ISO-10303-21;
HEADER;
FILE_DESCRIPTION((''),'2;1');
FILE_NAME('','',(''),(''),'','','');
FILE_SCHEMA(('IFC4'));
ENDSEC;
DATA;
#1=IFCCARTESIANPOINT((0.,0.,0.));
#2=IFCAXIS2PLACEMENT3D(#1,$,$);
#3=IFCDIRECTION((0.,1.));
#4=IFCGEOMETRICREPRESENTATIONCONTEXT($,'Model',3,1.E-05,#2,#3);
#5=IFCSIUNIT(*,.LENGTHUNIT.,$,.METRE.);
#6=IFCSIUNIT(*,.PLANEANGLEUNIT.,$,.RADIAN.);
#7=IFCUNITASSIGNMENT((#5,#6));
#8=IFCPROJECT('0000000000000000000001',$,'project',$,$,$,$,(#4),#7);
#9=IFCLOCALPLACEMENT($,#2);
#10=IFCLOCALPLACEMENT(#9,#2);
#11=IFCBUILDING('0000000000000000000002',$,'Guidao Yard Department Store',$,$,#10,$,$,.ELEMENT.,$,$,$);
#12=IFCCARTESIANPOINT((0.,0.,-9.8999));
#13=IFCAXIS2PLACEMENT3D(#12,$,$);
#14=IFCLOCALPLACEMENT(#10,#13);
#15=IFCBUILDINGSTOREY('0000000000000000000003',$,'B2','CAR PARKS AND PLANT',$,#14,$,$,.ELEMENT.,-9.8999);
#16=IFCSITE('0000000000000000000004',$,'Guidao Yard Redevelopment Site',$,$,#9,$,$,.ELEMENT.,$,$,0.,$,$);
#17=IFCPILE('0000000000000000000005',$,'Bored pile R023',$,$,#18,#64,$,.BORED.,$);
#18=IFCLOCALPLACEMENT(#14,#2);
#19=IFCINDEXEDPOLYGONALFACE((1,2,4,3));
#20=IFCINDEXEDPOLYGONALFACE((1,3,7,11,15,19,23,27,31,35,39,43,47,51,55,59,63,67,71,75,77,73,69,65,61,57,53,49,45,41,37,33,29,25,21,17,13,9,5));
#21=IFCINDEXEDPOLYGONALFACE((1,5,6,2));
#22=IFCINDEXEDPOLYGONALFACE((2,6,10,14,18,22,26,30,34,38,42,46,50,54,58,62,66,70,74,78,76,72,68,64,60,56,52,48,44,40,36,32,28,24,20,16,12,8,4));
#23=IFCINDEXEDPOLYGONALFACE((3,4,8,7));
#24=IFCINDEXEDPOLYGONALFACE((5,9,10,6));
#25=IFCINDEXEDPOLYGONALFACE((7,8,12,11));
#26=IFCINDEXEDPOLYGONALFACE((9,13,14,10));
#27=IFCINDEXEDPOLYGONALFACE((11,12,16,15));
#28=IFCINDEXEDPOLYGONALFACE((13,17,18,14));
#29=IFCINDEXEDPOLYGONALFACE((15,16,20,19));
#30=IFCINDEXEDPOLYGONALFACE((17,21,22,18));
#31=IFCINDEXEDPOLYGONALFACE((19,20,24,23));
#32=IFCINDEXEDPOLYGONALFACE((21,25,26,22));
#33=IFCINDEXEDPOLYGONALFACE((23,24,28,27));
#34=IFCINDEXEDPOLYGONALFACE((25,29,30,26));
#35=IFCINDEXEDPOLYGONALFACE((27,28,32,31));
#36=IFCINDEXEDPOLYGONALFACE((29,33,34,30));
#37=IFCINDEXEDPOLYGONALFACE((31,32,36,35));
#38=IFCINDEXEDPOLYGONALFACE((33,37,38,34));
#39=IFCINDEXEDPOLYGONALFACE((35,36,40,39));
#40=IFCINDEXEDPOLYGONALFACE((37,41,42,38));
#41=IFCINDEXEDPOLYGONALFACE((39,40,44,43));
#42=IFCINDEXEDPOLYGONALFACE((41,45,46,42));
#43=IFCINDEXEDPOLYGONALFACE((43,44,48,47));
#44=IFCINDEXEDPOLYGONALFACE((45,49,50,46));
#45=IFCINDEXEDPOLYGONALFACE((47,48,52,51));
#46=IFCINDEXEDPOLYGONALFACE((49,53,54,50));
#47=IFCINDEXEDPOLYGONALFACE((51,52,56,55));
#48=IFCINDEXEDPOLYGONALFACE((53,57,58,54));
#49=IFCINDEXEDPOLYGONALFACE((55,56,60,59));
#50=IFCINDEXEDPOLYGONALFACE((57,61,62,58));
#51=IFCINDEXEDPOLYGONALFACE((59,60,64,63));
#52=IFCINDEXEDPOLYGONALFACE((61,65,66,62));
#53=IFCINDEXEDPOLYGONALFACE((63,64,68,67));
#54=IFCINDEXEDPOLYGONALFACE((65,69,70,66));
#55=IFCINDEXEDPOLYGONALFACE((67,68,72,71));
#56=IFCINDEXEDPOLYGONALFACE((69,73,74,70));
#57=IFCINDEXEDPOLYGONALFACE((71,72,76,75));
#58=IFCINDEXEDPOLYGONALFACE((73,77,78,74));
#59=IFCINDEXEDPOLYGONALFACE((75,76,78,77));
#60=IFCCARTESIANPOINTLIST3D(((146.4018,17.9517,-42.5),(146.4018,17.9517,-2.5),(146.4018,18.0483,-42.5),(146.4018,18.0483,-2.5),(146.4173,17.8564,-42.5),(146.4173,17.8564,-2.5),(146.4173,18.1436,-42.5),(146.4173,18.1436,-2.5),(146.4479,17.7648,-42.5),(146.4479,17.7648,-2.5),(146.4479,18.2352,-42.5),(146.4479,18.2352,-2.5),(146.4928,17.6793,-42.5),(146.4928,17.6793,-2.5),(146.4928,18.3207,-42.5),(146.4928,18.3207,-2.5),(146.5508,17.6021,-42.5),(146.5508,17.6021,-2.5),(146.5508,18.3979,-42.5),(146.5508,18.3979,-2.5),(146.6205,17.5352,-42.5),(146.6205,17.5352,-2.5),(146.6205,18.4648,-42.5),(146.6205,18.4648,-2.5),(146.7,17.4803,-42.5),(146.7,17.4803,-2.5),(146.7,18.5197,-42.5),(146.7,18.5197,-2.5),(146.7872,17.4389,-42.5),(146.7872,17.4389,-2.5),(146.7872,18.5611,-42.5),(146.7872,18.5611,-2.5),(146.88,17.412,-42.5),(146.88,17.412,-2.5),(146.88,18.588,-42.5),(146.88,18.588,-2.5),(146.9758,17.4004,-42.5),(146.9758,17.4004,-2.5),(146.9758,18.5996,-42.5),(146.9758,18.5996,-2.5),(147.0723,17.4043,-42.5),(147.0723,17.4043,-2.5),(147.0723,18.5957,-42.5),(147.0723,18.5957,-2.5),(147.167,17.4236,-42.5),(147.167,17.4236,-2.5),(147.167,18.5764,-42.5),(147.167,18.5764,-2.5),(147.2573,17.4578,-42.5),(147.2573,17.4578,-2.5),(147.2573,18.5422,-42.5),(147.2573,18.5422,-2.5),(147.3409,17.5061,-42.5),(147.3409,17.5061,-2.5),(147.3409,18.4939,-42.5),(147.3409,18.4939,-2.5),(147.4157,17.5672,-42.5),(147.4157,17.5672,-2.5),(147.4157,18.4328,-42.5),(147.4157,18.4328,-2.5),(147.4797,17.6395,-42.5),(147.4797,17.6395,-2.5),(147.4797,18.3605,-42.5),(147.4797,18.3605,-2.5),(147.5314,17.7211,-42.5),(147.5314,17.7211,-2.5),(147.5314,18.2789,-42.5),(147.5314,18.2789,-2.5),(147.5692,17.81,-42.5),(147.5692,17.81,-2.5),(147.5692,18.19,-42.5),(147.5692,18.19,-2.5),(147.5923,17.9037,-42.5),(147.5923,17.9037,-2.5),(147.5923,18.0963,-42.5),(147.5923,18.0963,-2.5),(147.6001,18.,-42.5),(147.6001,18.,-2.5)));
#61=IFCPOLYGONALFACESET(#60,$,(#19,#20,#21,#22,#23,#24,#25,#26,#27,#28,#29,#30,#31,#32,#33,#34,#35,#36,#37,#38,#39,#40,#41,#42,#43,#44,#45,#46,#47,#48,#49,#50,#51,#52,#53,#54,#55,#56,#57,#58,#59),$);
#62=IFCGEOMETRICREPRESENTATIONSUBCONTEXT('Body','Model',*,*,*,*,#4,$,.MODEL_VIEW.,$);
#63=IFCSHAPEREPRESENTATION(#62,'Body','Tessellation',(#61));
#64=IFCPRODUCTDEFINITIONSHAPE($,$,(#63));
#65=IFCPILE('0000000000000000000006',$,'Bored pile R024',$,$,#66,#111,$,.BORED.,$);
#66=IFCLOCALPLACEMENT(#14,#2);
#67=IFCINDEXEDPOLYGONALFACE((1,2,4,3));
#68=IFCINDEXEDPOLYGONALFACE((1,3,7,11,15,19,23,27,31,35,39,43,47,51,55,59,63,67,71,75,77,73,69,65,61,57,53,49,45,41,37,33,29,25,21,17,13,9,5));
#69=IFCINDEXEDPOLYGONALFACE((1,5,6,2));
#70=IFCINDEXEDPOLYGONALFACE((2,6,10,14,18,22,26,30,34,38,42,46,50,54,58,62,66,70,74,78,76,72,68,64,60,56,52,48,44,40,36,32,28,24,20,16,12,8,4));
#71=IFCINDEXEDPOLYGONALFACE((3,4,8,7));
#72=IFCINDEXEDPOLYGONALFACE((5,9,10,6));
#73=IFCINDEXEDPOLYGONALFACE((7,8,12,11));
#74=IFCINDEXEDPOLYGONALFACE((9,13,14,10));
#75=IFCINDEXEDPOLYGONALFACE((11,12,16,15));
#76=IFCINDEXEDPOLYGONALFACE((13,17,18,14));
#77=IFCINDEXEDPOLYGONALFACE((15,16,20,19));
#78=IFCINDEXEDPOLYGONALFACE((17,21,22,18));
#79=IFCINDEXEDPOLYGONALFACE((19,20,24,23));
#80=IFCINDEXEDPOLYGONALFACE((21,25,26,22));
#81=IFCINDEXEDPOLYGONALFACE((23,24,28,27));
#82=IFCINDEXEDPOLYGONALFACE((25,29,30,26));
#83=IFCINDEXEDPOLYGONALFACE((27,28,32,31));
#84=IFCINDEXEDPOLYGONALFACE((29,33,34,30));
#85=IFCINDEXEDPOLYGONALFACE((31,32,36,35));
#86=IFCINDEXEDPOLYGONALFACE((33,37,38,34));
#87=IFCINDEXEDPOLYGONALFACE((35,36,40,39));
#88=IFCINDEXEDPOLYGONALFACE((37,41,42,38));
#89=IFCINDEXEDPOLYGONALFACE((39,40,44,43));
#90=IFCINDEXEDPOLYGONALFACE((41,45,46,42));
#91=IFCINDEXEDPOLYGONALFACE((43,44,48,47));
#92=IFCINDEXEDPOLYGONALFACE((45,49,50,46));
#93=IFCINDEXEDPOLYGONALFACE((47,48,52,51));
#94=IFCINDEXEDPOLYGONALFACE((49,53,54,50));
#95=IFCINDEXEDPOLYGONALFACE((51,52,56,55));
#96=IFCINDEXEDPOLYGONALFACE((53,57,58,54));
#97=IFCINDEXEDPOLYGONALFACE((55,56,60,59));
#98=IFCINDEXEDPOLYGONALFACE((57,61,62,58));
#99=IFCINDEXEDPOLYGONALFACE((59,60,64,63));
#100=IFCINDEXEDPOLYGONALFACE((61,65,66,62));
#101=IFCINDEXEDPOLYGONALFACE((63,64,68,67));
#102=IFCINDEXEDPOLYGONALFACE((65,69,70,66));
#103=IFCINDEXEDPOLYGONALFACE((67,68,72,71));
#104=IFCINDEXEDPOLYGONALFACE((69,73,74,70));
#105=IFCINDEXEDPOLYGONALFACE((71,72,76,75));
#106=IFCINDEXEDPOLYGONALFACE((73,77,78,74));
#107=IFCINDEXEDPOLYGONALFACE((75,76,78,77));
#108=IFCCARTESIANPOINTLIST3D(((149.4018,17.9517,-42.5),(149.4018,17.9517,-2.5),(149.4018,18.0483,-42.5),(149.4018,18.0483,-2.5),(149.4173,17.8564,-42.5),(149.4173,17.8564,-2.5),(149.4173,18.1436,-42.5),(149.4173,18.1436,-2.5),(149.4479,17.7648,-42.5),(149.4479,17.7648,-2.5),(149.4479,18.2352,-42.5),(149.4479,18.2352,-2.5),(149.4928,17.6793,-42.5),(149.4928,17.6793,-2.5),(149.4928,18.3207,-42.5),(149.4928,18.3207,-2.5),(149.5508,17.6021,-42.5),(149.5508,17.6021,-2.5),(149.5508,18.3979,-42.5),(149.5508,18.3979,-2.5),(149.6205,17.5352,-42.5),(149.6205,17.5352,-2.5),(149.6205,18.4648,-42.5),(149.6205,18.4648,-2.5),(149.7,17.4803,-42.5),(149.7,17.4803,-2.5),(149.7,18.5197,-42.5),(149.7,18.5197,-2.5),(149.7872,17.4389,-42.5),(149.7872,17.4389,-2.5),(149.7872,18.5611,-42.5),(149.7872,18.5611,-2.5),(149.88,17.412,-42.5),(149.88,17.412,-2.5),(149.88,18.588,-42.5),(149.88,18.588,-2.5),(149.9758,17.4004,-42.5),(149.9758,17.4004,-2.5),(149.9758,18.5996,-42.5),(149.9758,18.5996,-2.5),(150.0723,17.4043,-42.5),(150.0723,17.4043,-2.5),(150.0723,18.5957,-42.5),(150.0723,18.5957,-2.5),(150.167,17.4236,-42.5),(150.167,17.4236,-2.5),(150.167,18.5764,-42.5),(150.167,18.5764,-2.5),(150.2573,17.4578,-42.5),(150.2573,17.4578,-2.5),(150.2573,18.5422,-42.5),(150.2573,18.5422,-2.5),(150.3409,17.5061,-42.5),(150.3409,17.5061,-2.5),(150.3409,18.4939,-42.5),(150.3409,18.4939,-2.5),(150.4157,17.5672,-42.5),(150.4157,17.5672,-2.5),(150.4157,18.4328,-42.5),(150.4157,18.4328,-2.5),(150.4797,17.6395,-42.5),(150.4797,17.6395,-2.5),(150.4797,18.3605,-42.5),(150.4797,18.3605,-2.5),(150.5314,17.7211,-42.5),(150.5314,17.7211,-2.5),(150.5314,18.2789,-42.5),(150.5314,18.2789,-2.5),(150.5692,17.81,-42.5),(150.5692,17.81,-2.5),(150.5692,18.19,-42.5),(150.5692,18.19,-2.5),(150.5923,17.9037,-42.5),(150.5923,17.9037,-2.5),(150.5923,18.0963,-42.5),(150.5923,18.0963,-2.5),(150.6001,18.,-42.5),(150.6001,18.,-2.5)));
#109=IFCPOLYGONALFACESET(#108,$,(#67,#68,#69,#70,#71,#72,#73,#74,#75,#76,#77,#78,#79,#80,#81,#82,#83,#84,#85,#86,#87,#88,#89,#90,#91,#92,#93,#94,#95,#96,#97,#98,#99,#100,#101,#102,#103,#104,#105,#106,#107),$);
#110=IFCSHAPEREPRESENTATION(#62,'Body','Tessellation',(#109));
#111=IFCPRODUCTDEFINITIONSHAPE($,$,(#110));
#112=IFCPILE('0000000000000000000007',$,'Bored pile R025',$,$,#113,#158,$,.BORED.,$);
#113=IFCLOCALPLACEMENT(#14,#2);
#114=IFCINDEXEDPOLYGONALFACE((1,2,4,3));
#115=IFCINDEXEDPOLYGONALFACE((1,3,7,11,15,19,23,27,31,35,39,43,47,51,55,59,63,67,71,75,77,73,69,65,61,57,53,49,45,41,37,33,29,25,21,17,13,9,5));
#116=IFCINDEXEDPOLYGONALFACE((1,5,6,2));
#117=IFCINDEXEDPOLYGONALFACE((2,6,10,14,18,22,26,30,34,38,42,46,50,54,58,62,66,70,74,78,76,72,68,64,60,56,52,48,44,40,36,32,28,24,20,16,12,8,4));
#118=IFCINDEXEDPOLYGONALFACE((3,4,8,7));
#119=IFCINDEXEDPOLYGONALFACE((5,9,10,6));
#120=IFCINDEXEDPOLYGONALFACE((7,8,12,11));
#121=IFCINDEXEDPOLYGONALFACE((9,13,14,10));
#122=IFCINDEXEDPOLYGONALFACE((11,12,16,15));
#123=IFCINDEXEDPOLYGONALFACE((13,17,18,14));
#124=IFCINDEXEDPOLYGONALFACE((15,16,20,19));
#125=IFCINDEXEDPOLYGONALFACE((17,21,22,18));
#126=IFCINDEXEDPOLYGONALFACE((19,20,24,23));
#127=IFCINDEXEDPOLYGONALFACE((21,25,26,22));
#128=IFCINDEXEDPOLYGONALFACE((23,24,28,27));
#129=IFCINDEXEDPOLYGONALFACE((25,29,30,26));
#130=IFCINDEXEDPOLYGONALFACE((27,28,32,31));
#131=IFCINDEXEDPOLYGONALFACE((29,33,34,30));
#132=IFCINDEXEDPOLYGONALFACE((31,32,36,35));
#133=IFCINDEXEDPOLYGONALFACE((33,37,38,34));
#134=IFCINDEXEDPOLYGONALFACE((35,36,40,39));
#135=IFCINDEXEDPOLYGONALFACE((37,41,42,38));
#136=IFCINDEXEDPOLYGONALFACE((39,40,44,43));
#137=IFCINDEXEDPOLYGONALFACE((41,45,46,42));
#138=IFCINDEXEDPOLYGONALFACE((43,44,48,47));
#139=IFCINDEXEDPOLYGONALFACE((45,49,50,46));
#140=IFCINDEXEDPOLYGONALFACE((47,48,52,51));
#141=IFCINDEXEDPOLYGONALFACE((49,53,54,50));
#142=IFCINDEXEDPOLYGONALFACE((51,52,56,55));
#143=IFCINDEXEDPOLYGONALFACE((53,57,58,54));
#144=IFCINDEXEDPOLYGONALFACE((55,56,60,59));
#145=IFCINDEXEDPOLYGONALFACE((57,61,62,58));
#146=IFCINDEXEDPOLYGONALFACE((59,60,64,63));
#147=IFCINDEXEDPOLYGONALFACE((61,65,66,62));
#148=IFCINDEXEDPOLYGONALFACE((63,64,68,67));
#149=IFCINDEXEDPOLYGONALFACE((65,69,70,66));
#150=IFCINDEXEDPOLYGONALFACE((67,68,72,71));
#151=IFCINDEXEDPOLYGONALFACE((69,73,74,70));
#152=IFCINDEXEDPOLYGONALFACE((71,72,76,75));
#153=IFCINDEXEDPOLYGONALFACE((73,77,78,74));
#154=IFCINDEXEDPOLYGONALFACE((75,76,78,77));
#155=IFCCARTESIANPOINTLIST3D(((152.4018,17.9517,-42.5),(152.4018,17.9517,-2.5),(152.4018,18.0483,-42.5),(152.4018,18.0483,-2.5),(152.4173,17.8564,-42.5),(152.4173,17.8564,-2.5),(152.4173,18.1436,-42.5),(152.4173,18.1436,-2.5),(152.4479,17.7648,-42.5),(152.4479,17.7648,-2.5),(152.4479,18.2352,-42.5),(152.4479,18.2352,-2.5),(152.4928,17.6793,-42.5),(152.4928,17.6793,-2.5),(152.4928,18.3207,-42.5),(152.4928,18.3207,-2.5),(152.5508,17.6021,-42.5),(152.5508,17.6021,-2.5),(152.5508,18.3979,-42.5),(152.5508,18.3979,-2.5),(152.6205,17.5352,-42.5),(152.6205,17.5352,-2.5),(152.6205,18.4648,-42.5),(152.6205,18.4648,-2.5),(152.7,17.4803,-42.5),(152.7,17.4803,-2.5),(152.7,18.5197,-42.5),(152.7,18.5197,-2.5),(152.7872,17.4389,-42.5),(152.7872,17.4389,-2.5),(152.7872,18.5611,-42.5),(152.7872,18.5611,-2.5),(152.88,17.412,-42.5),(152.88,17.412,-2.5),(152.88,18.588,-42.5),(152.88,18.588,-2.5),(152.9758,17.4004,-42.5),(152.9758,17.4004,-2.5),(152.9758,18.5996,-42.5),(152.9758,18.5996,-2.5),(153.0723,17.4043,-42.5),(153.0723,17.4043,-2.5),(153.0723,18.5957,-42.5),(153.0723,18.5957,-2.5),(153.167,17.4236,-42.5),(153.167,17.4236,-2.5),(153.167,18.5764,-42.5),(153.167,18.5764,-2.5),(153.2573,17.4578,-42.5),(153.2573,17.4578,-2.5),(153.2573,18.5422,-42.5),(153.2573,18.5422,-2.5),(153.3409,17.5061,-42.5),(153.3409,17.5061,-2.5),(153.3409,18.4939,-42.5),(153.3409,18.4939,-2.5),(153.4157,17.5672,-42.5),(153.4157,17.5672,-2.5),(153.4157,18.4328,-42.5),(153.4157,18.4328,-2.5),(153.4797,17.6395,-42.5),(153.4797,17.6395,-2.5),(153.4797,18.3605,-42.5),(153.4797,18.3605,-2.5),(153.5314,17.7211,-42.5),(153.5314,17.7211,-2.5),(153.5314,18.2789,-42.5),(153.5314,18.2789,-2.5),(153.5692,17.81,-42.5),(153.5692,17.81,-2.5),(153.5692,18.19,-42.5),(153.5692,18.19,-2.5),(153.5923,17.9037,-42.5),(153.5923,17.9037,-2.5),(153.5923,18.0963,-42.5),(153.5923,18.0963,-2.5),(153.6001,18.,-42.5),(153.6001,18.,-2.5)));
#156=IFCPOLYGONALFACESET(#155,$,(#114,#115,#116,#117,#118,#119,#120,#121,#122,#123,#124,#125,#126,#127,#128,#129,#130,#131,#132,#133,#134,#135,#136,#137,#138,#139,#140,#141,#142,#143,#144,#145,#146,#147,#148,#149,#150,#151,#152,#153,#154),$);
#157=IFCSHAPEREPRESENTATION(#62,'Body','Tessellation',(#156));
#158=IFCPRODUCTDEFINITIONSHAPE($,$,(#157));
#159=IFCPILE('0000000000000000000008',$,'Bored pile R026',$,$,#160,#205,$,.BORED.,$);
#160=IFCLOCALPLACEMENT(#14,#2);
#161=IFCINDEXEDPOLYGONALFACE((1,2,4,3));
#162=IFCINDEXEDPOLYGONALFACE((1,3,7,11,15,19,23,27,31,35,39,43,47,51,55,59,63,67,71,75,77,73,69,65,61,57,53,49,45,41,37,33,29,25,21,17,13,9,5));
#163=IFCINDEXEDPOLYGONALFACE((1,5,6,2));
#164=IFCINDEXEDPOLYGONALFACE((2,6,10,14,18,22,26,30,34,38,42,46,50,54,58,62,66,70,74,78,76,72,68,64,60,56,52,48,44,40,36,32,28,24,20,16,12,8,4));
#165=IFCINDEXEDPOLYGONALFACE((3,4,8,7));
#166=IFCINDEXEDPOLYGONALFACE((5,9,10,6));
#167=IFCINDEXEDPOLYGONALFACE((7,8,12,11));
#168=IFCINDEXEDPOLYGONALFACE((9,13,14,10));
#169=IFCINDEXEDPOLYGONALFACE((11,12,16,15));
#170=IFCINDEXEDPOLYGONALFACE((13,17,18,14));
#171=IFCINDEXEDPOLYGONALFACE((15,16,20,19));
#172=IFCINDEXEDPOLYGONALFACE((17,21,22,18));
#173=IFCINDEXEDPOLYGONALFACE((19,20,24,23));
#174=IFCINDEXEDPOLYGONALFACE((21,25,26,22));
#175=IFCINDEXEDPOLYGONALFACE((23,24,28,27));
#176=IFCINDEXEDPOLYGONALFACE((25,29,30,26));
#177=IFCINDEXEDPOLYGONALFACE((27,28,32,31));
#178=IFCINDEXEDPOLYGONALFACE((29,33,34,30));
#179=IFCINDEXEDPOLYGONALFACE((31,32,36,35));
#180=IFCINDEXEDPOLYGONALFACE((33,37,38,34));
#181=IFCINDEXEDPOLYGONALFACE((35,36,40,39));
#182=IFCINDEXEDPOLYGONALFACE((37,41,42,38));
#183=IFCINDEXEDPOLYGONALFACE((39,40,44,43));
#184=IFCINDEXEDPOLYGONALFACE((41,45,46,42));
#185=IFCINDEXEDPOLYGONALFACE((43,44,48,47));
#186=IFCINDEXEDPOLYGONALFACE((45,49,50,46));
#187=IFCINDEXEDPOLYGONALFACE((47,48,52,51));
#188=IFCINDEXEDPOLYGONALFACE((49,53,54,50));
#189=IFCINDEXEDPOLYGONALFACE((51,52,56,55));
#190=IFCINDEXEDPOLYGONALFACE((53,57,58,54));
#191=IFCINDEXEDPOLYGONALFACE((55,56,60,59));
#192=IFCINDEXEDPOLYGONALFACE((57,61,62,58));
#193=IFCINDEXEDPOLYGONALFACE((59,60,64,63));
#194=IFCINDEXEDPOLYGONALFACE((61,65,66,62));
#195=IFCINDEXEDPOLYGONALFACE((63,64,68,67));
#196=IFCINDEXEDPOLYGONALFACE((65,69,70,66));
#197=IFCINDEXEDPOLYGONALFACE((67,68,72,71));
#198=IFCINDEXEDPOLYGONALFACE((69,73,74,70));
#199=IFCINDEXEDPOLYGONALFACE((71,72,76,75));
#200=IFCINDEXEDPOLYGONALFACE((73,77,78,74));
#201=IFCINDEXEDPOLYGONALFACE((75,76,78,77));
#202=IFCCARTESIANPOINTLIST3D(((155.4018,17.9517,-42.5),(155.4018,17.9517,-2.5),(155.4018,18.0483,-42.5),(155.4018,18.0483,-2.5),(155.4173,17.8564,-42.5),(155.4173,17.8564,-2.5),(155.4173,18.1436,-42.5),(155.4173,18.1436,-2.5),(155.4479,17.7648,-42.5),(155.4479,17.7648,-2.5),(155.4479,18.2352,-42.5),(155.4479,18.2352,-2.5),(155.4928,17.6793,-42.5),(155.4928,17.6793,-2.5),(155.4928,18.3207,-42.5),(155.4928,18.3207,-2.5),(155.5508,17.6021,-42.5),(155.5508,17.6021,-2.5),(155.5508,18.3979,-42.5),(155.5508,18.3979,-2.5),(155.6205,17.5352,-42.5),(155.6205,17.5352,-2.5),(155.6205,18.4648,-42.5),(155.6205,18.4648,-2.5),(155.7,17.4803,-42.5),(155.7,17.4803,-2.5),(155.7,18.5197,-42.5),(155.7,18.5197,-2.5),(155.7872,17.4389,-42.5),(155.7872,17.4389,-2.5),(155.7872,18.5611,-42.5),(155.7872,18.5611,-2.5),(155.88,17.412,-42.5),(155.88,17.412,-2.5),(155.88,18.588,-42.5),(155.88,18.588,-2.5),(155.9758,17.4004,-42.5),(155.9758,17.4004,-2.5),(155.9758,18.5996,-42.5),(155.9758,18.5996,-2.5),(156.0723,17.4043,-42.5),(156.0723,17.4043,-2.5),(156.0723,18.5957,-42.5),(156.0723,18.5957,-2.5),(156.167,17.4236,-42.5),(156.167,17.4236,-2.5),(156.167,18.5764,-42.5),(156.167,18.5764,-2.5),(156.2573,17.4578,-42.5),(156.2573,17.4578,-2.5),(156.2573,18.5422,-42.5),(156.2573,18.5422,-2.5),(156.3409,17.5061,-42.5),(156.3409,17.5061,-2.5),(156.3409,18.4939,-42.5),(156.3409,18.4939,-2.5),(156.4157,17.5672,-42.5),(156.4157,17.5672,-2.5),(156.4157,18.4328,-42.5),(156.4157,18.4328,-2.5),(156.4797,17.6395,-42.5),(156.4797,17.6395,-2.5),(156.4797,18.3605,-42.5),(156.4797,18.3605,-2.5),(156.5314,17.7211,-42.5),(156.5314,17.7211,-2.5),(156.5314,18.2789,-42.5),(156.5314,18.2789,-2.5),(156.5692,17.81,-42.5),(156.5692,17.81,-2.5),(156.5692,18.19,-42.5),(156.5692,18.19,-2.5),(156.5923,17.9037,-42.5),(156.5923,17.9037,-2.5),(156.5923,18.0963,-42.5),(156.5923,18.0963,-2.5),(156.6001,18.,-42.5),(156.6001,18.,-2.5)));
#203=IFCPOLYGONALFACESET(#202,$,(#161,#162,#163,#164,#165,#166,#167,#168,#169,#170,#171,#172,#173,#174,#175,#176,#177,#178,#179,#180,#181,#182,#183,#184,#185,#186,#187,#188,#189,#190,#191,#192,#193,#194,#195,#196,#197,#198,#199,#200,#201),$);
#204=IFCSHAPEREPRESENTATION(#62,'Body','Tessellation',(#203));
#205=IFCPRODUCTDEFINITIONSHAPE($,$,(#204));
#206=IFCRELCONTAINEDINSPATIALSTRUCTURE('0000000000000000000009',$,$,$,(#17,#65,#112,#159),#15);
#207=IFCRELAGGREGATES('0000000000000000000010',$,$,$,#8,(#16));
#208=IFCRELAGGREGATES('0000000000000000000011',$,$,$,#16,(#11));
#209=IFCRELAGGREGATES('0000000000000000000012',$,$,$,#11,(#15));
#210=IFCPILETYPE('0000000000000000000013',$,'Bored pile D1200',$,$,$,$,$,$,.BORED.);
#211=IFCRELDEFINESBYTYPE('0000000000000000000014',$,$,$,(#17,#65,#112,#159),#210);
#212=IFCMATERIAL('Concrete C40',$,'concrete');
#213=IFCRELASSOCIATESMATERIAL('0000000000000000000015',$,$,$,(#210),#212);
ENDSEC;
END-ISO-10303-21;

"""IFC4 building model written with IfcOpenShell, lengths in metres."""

from ifc_helpers import new_model, si_unit, direction, frame, origin, origin_2d, place, context, subcontext, project, spatial, circle, extrude, material, material_profile, profile_set, type_object, element, save


model = new_model("IFC4")

# Units and contexts
model_context = context("Model", 3, precision=1e-05, world=origin(), true_north=direction((0.0, 1.0)))
body_context = subcontext(model_context, "Body", "Model", "MODEL_VIEW")
ifc_project = project(units=[si_unit("LENGTHUNIT", "METRE"), si_unit("PLANEANGLEUNIT", "RADIAN")], contexts=[model_context])

# Site, building, storey
site_placement = place(None, origin())
site = spatial("IfcSite", under=ifc_project, at=site_placement, Name="Guidao Yard Redevelopment Site", CompositionType="ELEMENT", RefElevation=0.0)
building_placement = place(site_placement, origin())
building = spatial("IfcBuilding", under=site, at=building_placement, Name="Guidao Yard Department Store", CompositionType="ELEMENT")
storey_placement = place(building_placement, frame((0.0, 0.0, -9.8999)))
storey = spatial("IfcBuildingStorey", under=building, at=storey_placement, Name="B2", Description="CAR PARKS AND PLANT", CompositionType="ELEMENT", Elevation=-9.8999)

# Piles
ifc_material_1 = material(Name="Concrete C40", Category="concrete")
ifc_material_profile = material_profile(ifc_material_1, circle(Radius=0.6001, at=origin_2d()), Name="Bored pile D1200")
ifc_profile_set = profile_set([ifc_material_profile], Name="Concrete C40")
pile_type = type_object("IfcPileType", Name="Bored pile D1200", PredefinedType="BORED", material=ifc_profile_set)
for number, where, z_axis, x_axis, name in (
    (1, (147.0, 18.0, -2.5), (0.0, 0.0, -1.0), (1.0, 0.0, 0.0), "Bored pile R023"),
    (2, (150.0, 18.0, -2.5), (0.0, 0.0, -1.0), (1.0, 0.0, 0.0), "Bored pile R024"),
    (3, (153.0, 18.0, -2.5), (0.0, 0.0, -1.0), (1.0, 0.0, 0.0), "Bored pile R025"),
    (4, (156.0, 18.0, -2.5), (0.0, 0.0, -1.0), (1.0, 0.0, 0.0), "Bored pile R026"),
):
    element("IfcPile", number, at=place(storey_placement, frame(where, z_axis=z_axis, x_axis=x_axis)), inside=storey, type_object=pile_type, Name=name, PredefinedType="BORED", context=body_context, shape_type="SweptSolid", body=[
        extrude(circle(Radius=0.6001, at=origin_2d()), origin(), (0.0, 0.0, 1.0), 40.0),
    ])

save(model, "model.ifc")
